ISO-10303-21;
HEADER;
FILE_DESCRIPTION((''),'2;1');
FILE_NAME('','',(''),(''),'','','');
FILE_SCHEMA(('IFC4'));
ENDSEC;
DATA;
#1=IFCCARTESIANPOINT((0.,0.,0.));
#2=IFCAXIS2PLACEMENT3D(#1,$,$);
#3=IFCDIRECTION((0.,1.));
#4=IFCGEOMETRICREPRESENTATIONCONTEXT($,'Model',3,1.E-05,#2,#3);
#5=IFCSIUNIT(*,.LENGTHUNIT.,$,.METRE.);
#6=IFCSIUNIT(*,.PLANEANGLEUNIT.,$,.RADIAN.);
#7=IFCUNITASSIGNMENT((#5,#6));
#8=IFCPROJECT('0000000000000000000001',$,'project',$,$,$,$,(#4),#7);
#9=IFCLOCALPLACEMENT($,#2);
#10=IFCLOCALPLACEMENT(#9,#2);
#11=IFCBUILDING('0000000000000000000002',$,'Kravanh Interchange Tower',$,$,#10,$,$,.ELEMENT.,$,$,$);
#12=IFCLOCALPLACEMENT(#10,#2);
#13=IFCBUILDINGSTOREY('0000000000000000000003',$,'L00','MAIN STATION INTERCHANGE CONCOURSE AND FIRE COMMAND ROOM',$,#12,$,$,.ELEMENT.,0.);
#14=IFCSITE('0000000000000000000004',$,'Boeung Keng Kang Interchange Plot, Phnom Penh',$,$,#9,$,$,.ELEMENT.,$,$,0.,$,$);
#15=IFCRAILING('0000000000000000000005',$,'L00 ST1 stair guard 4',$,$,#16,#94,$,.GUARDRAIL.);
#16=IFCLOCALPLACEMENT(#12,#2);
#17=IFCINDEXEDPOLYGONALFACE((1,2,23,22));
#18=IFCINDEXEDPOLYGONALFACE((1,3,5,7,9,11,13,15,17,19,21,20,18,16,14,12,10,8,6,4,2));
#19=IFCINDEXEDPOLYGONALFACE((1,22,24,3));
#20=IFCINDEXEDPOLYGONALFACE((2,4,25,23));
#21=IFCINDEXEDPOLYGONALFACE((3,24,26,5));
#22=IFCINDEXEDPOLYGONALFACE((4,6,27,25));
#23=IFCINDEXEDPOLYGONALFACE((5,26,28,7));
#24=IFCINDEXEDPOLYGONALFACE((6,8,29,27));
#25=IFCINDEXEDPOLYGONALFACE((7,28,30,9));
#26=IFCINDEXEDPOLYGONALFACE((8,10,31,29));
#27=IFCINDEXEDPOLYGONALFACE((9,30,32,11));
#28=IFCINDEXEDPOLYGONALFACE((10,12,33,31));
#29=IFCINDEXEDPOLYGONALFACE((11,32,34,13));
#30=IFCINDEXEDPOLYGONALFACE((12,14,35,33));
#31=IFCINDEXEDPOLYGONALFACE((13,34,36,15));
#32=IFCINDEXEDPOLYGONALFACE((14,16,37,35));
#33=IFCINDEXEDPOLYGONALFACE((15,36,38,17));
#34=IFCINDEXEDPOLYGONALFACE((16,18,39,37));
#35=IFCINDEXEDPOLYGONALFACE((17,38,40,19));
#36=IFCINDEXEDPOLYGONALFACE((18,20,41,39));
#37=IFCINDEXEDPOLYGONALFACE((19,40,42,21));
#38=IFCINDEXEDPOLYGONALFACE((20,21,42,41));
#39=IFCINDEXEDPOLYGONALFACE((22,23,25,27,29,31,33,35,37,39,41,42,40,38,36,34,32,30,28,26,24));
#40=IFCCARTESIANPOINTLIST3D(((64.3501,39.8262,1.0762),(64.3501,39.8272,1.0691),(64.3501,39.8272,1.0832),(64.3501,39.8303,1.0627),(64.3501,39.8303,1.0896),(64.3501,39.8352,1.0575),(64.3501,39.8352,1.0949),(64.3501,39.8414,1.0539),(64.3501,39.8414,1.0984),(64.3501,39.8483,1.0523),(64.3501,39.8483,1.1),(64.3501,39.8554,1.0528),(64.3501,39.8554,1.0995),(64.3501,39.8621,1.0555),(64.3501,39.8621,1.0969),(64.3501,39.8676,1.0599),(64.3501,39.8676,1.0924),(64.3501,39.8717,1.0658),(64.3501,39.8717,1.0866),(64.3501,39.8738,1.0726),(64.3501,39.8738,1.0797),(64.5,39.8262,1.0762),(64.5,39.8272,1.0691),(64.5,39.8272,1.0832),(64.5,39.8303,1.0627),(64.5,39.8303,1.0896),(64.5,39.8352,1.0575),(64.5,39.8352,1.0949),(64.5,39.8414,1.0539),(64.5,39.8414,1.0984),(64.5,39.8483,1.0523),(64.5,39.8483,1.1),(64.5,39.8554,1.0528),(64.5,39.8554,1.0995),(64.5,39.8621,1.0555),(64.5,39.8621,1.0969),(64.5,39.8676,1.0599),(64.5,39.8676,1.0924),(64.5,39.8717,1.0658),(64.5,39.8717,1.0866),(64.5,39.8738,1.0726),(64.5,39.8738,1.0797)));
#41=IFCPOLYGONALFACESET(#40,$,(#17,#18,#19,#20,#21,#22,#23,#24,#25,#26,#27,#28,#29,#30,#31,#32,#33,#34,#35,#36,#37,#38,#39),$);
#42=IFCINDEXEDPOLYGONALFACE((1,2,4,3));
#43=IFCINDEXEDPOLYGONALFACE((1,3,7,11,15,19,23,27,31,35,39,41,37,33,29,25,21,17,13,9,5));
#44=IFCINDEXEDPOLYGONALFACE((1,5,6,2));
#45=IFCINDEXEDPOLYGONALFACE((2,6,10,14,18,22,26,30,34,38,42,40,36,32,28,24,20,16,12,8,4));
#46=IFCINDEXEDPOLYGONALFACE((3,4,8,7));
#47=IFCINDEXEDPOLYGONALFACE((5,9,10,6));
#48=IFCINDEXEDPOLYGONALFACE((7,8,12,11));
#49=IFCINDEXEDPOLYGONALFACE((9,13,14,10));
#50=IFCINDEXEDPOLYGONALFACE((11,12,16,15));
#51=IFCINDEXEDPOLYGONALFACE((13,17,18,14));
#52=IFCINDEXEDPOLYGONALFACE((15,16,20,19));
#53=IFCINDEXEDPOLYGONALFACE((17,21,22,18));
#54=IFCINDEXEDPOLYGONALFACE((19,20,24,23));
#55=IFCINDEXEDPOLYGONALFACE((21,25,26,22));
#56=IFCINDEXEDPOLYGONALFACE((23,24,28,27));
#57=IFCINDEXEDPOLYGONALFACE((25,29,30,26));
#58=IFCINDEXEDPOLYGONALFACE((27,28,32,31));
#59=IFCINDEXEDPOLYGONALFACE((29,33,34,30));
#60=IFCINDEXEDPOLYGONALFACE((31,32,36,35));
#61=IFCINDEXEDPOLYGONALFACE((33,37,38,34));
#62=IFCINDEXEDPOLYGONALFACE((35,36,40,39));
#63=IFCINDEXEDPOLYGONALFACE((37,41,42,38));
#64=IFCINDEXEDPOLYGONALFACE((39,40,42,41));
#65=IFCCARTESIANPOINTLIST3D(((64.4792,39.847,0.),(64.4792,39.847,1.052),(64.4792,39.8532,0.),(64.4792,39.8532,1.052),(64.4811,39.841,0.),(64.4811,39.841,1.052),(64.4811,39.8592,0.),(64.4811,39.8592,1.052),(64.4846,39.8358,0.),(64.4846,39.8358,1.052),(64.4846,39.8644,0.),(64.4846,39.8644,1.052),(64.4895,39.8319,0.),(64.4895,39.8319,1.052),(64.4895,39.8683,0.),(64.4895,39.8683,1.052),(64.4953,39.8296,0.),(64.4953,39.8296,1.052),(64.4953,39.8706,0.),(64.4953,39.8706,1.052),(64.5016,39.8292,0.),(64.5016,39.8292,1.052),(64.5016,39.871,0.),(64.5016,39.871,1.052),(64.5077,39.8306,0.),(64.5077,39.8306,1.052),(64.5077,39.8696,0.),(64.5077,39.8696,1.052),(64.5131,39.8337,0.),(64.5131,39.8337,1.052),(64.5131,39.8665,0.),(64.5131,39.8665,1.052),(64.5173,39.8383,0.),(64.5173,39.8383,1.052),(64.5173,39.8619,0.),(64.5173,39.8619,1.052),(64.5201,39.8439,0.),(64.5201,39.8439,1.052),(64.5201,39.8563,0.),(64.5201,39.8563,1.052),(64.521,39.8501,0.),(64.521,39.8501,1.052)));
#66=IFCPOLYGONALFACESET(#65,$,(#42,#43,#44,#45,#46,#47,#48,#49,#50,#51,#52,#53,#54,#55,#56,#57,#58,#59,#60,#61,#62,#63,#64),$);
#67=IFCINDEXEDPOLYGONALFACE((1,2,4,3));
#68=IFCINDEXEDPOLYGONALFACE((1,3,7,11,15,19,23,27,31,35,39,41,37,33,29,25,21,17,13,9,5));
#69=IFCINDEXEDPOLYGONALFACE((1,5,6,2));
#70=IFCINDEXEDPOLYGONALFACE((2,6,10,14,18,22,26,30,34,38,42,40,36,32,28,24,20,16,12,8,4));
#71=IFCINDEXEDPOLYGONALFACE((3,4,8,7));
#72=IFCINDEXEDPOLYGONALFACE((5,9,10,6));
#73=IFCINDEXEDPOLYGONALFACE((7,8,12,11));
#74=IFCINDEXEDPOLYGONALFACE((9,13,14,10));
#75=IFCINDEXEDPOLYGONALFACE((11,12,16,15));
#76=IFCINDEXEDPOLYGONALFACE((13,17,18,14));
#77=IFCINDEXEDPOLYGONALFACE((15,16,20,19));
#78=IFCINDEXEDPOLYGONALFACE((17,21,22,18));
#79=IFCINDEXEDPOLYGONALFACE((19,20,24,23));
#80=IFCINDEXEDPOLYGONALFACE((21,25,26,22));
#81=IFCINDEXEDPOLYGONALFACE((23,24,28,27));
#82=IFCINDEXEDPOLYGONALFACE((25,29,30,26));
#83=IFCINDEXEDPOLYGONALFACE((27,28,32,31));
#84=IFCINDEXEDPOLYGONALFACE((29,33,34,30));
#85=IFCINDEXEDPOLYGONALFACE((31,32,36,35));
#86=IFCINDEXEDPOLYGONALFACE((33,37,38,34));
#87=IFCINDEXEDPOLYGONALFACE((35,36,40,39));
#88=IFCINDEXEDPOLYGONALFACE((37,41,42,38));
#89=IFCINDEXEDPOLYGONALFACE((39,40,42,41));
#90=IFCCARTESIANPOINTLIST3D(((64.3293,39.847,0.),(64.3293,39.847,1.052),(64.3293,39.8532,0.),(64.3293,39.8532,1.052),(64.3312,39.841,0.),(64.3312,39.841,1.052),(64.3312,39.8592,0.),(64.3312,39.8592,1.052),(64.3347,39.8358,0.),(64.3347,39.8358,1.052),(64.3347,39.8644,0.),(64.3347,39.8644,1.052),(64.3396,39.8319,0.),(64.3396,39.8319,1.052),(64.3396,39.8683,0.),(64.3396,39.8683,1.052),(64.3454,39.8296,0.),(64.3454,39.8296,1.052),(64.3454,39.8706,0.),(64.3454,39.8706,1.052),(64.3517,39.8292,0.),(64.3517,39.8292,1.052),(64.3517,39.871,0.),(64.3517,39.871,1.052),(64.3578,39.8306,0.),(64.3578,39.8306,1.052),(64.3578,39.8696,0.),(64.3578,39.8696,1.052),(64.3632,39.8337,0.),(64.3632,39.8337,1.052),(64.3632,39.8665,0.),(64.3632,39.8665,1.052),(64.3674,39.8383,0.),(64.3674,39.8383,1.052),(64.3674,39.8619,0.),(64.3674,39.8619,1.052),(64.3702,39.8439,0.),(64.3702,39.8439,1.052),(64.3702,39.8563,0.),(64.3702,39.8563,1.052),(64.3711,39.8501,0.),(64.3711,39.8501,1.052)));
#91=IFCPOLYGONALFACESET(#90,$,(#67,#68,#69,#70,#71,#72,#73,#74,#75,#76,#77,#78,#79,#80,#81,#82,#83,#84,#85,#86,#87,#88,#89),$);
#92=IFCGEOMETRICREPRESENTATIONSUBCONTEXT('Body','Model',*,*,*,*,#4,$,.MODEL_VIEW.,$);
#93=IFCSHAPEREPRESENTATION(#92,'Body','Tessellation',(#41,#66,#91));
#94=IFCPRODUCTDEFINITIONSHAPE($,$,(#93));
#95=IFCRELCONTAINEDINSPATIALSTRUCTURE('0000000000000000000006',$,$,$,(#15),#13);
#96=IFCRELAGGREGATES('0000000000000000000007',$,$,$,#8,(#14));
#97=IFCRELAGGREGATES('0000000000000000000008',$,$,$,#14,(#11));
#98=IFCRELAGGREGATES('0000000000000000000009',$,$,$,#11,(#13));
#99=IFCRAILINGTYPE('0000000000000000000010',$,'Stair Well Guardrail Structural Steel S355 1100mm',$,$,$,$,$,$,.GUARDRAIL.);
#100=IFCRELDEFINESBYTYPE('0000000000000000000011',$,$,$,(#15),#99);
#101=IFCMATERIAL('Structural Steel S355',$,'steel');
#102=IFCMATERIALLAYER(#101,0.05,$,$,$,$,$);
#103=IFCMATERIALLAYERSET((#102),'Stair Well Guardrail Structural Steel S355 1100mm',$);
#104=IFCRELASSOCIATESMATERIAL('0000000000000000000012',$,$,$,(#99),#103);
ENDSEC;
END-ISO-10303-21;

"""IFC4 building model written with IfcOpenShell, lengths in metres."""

from ifc_helpers import new_model, si_unit, direction, frame, origin, origin_2d, place, context, subcontext, project, spatial, circle, extrude, material, layer, layer_set, type_object, element, save


model = new_model("IFC4")

# Units and contexts
model_context = context("Model", 3, precision=1e-05, world=origin(), true_north=direction((0.0, 1.0)))
body_context = subcontext(model_context, "Body", "Model", "MODEL_VIEW")
ifc_project = project(units=[si_unit("LENGTHUNIT", "METRE"), si_unit("PLANEANGLEUNIT", "RADIAN")], contexts=[model_context])

# Site, building, storey
site_placement = place(None, origin())
site = spatial("IfcSite", under=ifc_project, at=site_placement, Name="Boeung Keng Kang Interchange Plot, Phnom Penh", CompositionType="ELEMENT", RefElevation=0.0)
building_placement = place(site_placement, origin())
building = spatial("IfcBuilding", under=site, at=building_placement, Name="Kravanh Interchange Tower", CompositionType="ELEMENT")
storey_placement = place(building_placement, origin())
storey = spatial("IfcBuildingStorey", under=building, at=storey_placement, Name="L00", Description="MAIN STATION INTERCHANGE CONCOURSE AND FIRE COMMAND ROOM", CompositionType="ELEMENT", Elevation=0.0)

# Railing
ifc_material_1 = material(Name="Structural Steel S355", Category="steel")
ifc_layer_1 = layer(ifc_material_1, 0.05)
ifc_layer_set_1 = layer_set([ifc_layer_1], Name="Stair Well Guardrail Structural Steel S355 1100mm")
railing_type_1 = type_object("IfcRailingType", Name="Stair Well Guardrail Structural Steel S355 1100mm", PredefinedType="GUARDRAIL", material=ifc_layer_set_1)
railing_1_placement = place(storey_placement, frame((64.5, 39.8501, 0.0)))
element("IfcRailing", 1, at=railing_1_placement, inside=storey, type_object=railing_type_1, Name="L00 ST1 stair guard 4", PredefinedType="GUARDRAIL", context=body_context, shape_type="SweptSolid", body=[
    extrude(circle(Radius=0.0239, at=origin_2d()), frame((0.0, 0.0, 1.0762), z_axis=(-1.0, 0.0, 0.0), x_axis=(0.0, -1.0, 0.0)), (0.0, 0.0, 1.0), 0.1499),
    extrude(circle(Radius=0.021, at=origin_2d()), origin(), (0.0, 0.0, 1.0), 1.052),
    extrude(circle(Radius=0.021, at=origin_2d()), frame((-0.1499, 0.0, 0.0)), (0.0, 0.0, 1.0), 1.052),
])

save(model, "model.ifc")
